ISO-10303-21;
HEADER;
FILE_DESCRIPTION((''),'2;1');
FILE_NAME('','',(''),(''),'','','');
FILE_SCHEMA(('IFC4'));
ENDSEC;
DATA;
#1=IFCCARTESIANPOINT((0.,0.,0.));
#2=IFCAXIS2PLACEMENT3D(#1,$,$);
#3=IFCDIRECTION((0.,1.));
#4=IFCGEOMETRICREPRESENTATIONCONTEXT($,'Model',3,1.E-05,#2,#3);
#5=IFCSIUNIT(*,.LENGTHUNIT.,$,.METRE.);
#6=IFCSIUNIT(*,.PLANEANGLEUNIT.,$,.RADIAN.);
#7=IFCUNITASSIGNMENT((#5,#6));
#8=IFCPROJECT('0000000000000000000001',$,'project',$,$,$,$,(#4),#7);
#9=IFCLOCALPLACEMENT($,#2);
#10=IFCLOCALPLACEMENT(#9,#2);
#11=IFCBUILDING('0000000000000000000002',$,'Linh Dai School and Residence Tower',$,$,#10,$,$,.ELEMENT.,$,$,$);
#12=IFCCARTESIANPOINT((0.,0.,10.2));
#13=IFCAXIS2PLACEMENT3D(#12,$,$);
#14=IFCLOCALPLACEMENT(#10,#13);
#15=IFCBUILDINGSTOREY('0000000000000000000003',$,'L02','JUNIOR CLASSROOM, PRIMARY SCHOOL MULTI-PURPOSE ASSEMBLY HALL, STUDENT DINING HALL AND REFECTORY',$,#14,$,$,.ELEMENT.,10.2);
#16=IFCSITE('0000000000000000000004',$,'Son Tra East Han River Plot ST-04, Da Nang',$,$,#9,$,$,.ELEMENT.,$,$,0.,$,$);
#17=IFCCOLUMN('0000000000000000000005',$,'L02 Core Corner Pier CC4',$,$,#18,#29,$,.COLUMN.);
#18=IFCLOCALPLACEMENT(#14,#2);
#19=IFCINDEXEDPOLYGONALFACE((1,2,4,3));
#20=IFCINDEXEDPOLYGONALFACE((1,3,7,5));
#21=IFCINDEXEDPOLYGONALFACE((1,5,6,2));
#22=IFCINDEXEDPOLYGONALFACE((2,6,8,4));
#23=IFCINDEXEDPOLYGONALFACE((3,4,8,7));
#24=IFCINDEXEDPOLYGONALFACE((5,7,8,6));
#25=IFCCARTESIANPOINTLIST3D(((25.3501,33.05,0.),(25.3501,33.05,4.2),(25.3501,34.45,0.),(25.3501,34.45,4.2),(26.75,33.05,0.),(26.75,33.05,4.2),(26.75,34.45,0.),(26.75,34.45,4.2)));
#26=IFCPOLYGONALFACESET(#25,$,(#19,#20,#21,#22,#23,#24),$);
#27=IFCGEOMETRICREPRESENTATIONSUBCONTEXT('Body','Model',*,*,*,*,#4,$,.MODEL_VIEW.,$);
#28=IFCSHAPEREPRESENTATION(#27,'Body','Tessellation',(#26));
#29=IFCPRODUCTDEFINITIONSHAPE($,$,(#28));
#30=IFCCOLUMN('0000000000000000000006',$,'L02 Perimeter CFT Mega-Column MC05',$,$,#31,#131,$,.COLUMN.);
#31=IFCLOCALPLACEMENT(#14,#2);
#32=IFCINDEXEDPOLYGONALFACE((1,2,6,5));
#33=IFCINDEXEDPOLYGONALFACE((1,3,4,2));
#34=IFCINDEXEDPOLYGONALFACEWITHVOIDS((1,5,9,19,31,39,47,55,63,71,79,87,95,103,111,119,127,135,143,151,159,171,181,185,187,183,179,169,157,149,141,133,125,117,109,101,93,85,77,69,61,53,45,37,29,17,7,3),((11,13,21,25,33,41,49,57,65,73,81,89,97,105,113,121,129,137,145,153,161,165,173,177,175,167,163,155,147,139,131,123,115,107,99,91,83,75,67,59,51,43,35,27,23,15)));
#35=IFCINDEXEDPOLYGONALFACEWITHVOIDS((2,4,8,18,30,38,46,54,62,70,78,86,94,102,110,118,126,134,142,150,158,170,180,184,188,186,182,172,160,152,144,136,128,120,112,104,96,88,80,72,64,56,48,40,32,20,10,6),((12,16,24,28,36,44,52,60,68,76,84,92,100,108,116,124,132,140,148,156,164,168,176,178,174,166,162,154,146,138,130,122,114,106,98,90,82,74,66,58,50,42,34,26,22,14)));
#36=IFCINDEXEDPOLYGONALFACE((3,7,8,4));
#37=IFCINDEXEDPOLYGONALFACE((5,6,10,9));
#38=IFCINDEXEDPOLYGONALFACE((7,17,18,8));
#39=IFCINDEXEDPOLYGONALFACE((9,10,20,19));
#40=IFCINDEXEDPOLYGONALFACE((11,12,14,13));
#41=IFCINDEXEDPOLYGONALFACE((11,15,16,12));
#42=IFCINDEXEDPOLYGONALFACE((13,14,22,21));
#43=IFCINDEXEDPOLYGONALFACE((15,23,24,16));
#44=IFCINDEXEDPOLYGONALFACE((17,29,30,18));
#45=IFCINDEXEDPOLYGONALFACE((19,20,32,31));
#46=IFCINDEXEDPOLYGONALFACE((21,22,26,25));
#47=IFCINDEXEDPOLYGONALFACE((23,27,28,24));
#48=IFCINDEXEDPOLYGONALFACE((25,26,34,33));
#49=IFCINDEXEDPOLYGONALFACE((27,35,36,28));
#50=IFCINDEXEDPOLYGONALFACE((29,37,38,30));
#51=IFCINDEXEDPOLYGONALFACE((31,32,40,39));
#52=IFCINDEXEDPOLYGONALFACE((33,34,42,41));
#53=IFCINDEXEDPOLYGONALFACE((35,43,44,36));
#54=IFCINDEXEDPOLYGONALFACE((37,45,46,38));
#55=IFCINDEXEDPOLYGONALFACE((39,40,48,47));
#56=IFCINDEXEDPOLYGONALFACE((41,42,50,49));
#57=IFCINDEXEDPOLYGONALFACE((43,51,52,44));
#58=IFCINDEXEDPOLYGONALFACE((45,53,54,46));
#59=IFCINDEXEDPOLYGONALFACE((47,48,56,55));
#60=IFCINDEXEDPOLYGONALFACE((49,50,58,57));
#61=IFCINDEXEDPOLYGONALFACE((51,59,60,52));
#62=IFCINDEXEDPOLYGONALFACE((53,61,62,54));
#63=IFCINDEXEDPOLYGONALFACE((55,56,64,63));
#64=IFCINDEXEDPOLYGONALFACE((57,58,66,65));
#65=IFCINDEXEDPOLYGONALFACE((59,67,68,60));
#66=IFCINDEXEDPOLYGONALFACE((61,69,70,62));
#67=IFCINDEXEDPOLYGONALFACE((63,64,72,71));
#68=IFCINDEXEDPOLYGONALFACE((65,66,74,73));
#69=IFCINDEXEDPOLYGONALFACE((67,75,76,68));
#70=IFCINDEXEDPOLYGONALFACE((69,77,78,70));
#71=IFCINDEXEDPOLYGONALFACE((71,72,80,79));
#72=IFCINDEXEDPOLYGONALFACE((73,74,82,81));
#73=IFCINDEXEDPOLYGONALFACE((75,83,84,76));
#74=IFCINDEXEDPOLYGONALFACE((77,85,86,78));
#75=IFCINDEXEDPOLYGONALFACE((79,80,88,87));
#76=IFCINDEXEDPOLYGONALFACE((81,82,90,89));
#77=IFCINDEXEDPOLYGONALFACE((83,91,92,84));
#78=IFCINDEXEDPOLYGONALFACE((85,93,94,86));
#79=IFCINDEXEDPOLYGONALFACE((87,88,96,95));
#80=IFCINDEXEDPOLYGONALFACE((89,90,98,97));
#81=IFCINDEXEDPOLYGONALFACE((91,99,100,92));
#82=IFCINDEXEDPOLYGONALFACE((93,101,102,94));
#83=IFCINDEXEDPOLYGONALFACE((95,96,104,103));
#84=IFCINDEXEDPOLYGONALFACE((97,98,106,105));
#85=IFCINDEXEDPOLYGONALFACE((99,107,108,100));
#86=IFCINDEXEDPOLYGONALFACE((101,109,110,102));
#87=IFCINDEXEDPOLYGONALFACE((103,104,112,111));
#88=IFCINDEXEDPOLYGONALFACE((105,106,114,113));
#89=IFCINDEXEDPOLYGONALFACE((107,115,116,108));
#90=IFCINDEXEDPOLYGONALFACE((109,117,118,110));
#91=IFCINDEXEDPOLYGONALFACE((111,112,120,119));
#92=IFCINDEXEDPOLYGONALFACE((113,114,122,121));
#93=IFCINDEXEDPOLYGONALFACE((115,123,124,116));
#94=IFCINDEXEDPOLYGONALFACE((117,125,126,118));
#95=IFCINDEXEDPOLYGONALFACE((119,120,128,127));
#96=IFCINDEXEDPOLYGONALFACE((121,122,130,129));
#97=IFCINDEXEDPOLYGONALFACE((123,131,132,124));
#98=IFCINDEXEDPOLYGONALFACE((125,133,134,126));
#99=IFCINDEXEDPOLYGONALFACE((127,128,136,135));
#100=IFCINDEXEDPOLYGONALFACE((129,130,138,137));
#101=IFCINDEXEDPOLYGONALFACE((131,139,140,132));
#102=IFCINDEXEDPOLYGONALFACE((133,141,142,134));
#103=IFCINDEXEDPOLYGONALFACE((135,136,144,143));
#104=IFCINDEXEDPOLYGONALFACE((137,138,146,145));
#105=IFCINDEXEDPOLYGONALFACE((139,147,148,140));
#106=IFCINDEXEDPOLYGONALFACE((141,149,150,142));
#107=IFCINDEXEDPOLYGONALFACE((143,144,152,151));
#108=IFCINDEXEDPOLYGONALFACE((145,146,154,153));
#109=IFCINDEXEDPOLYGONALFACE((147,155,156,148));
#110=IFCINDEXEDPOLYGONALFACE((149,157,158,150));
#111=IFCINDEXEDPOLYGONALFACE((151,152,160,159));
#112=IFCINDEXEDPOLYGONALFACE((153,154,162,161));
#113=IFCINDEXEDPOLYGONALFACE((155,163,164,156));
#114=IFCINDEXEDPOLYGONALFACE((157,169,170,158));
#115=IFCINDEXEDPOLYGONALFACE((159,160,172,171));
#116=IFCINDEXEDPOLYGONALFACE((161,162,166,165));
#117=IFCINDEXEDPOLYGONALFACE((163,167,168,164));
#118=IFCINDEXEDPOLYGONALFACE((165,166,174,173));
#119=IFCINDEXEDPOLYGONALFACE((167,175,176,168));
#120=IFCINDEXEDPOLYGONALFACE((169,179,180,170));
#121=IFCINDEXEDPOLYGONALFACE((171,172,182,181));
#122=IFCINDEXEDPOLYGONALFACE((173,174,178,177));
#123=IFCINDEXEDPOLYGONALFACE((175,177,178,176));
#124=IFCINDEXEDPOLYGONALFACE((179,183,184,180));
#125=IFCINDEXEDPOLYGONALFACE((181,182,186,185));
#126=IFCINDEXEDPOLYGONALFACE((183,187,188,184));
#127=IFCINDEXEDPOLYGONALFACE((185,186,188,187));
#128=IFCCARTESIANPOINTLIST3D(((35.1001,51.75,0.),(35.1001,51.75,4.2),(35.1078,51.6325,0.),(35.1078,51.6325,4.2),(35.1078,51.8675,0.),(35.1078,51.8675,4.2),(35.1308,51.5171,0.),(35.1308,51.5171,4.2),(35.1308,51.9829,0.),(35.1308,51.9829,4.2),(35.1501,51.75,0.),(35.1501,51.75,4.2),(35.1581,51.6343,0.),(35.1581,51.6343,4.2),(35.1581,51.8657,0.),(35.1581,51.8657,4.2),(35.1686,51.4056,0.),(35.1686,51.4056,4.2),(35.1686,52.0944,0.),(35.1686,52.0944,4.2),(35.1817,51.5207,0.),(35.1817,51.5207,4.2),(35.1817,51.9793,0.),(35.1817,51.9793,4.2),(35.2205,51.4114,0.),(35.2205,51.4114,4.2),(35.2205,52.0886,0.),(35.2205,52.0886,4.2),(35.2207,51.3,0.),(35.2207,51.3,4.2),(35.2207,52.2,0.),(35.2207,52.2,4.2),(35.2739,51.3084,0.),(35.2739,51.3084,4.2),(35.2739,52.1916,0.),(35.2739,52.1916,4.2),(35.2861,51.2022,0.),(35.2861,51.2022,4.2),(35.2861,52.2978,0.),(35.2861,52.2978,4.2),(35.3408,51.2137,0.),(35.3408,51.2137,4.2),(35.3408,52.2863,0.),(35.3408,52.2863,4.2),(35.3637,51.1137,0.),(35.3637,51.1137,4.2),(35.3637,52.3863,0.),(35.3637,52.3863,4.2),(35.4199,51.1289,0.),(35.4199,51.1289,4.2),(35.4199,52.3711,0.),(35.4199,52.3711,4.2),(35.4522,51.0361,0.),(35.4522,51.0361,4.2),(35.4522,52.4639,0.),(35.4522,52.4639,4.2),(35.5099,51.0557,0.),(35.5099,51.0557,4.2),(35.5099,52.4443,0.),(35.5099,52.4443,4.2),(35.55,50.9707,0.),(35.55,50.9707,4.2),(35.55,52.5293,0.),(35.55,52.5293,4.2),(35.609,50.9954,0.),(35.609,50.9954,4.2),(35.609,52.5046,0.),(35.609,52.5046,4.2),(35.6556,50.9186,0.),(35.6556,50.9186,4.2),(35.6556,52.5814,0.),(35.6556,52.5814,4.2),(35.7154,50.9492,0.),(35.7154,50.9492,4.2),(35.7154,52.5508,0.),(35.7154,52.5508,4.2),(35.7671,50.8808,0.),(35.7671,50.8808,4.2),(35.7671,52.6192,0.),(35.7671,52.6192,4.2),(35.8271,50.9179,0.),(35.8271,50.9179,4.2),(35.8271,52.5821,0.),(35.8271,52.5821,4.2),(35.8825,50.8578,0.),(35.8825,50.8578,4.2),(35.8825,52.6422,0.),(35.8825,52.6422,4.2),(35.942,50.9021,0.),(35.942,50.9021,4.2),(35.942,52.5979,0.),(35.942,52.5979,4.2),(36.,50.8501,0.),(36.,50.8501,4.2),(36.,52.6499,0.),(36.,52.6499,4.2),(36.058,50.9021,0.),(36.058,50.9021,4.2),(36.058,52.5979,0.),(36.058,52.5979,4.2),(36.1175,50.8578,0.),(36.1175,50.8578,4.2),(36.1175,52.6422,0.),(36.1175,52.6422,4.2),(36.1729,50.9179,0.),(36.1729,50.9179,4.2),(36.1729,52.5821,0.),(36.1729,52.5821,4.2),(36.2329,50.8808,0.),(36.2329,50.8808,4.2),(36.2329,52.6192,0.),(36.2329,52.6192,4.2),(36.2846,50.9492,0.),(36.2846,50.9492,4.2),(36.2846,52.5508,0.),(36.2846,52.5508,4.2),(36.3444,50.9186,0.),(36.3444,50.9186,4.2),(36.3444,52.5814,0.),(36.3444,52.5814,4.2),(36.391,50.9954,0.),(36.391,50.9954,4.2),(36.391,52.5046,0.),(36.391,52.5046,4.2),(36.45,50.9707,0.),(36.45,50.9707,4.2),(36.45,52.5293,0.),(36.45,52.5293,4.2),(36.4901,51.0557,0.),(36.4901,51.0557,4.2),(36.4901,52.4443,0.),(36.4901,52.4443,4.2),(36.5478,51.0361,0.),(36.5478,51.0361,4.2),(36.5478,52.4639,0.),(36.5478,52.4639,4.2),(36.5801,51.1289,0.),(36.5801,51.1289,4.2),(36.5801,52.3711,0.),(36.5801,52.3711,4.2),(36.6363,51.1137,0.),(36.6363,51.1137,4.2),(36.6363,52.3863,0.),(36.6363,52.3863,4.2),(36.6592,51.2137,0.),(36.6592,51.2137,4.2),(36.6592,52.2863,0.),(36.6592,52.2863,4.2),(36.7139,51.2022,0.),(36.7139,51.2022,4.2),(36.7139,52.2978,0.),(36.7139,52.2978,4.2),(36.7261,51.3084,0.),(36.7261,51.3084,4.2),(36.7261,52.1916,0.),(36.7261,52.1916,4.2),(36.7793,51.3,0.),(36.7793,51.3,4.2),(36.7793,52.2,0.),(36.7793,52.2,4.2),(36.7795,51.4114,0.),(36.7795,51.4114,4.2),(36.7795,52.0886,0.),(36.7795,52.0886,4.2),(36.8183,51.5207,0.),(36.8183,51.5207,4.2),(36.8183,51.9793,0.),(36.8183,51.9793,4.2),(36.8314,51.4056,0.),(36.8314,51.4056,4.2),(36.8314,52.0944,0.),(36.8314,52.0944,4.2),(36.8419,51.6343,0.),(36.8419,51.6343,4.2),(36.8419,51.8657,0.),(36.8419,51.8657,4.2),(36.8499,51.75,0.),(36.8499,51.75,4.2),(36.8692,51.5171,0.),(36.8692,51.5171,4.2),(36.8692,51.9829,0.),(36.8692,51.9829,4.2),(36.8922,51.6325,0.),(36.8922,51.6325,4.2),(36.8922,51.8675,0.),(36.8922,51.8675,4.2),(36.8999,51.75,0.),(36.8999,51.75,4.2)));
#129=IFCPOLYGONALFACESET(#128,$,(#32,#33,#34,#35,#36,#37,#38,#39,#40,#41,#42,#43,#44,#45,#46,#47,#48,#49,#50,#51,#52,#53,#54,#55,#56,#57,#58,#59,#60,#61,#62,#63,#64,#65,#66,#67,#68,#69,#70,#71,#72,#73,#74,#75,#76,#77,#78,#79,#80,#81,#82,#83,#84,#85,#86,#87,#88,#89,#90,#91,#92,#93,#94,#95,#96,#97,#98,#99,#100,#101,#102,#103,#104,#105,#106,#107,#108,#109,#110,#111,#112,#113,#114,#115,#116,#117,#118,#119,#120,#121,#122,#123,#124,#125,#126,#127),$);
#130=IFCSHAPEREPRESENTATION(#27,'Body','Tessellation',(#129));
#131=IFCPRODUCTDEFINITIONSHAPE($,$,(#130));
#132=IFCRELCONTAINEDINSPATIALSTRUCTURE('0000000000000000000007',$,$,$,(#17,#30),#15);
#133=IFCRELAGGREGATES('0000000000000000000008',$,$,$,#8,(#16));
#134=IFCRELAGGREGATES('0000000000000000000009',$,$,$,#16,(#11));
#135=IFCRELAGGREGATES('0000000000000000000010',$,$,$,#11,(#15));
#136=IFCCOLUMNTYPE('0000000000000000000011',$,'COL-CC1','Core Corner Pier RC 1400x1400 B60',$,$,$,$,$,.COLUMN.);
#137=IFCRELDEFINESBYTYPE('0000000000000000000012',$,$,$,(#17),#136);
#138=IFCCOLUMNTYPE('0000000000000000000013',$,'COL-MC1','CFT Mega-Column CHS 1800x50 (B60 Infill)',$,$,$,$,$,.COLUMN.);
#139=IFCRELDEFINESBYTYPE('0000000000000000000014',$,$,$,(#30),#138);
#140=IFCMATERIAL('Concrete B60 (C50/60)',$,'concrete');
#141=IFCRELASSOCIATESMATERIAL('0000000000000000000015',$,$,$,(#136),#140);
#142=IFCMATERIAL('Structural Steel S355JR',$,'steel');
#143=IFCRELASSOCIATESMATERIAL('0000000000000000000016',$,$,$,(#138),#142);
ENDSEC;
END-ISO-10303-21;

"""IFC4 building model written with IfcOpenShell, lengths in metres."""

from ifc_helpers import new_model, si_unit, direction, frame, origin, origin_2d, place, context, subcontext, project, spatial, rectangle, hollow_circle, extrude, material, material_profile, profile_set, type_object, element, save


model = new_model("IFC4")

# Units and contexts
model_context = context("Model", 3, precision=1e-05, world=origin(), true_north=direction((0.0, 1.0)))
body_context = subcontext(model_context, "Body", "Model", "MODEL_VIEW")
ifc_project = project(units=[si_unit("LENGTHUNIT", "METRE"), si_unit("PLANEANGLEUNIT", "RADIAN")], contexts=[model_context])

# Site, building, storey
site_placement = place(None, origin())
site = spatial("IfcSite", under=ifc_project, at=site_placement, Name="Son Tra East Han River Plot ST-04, Da Nang", CompositionType="ELEMENT", RefElevation=0.0)
building_placement = place(site_placement, origin())
building = spatial("IfcBuilding", under=site, at=building_placement, Name="Linh Dai School and Residence Tower", CompositionType="ELEMENT")
storey_placement = place(building_placement, frame((0.0, 0.0, 10.2)))
storey = spatial("IfcBuildingStorey", under=building, at=storey_placement, Name="L02", Description="JUNIOR CLASSROOM, PRIMARY SCHOOL MULTI-PURPOSE ASSEMBLY HALL, STUDENT DINING HALL AND REFECTORY", CompositionType="ELEMENT", Elevation=10.2)

# Columns
ifc_material_1 = material(Name="Concrete B60 (C50/60)", Category="concrete")
ifc_material_profile_1 = material_profile(ifc_material_1, rectangle(XDim=1.3999, YDim=1.3999, at=origin_2d()), Name="RC 1400x1400")
ifc_profile_set_1 = profile_set([ifc_material_profile_1], Name="Concrete B60 (C50/60)")
column_type_1 = type_object("IfcColumnType", Name="COL-CC1", Description="Core Corner Pier RC 1400x1400 B60", PredefinedType="COLUMN", material=ifc_profile_set_1)
column_placement = place(storey_placement, frame((26.05, 33.75, 0.0), z_axis=(0.0, 0.0, 1.0), x_axis=(1.0, 0.0, 0.0)))
element("IfcColumn", 1, at=column_placement, inside=storey, type_object=column_type_1, Name="L02 Core Corner Pier CC4", PredefinedType="COLUMN", context=body_context, shape_type="SweptSolid", body=[
    extrude(rectangle(XDim=1.3999, YDim=1.3999, at=origin_2d()), origin(), (0.0, 0.0, 1.0), 4.2),
])
ifc_material_2 = material(Name="Structural Steel S355JR", Category="steel")
ifc_material_profile_2 = material_profile(ifc_material_2, hollow_circle(Radius=0.8999, WallThickness=0.05, at=origin_2d()), Name="CHS 1800x50")
ifc_profile_set_2 = profile_set([ifc_material_profile_2], Name="Structural Steel S355JR")
column_type_2 = type_object("IfcColumnType", Name="COL-MC1", Description="CFT Mega-Column CHS 1800x50 (B60 Infill)", PredefinedType="COLUMN", material=ifc_profile_set_2)
for number, where, z_axis, x_axis, name in (
    (2, (36.0, 51.75, 0.0), (0.0, 0.0, 1.0), (1.0, 0.0, 0.0), "L02 Perimeter CFT Mega-Column MC05"),
):
    element("IfcColumn", number, at=place(storey_placement, frame(where, z_axis=z_axis, x_axis=x_axis)), inside=storey, type_object=column_type_2, Name=name, PredefinedType="COLUMN", context=body_context, shape_type="SweptSolid", body=[
        extrude(hollow_circle(Radius=0.8999, WallThickness=0.05, at=origin_2d()), origin(), (0.0, 0.0, 1.0), 4.2),
    ])

save(model, "model.ifc")
